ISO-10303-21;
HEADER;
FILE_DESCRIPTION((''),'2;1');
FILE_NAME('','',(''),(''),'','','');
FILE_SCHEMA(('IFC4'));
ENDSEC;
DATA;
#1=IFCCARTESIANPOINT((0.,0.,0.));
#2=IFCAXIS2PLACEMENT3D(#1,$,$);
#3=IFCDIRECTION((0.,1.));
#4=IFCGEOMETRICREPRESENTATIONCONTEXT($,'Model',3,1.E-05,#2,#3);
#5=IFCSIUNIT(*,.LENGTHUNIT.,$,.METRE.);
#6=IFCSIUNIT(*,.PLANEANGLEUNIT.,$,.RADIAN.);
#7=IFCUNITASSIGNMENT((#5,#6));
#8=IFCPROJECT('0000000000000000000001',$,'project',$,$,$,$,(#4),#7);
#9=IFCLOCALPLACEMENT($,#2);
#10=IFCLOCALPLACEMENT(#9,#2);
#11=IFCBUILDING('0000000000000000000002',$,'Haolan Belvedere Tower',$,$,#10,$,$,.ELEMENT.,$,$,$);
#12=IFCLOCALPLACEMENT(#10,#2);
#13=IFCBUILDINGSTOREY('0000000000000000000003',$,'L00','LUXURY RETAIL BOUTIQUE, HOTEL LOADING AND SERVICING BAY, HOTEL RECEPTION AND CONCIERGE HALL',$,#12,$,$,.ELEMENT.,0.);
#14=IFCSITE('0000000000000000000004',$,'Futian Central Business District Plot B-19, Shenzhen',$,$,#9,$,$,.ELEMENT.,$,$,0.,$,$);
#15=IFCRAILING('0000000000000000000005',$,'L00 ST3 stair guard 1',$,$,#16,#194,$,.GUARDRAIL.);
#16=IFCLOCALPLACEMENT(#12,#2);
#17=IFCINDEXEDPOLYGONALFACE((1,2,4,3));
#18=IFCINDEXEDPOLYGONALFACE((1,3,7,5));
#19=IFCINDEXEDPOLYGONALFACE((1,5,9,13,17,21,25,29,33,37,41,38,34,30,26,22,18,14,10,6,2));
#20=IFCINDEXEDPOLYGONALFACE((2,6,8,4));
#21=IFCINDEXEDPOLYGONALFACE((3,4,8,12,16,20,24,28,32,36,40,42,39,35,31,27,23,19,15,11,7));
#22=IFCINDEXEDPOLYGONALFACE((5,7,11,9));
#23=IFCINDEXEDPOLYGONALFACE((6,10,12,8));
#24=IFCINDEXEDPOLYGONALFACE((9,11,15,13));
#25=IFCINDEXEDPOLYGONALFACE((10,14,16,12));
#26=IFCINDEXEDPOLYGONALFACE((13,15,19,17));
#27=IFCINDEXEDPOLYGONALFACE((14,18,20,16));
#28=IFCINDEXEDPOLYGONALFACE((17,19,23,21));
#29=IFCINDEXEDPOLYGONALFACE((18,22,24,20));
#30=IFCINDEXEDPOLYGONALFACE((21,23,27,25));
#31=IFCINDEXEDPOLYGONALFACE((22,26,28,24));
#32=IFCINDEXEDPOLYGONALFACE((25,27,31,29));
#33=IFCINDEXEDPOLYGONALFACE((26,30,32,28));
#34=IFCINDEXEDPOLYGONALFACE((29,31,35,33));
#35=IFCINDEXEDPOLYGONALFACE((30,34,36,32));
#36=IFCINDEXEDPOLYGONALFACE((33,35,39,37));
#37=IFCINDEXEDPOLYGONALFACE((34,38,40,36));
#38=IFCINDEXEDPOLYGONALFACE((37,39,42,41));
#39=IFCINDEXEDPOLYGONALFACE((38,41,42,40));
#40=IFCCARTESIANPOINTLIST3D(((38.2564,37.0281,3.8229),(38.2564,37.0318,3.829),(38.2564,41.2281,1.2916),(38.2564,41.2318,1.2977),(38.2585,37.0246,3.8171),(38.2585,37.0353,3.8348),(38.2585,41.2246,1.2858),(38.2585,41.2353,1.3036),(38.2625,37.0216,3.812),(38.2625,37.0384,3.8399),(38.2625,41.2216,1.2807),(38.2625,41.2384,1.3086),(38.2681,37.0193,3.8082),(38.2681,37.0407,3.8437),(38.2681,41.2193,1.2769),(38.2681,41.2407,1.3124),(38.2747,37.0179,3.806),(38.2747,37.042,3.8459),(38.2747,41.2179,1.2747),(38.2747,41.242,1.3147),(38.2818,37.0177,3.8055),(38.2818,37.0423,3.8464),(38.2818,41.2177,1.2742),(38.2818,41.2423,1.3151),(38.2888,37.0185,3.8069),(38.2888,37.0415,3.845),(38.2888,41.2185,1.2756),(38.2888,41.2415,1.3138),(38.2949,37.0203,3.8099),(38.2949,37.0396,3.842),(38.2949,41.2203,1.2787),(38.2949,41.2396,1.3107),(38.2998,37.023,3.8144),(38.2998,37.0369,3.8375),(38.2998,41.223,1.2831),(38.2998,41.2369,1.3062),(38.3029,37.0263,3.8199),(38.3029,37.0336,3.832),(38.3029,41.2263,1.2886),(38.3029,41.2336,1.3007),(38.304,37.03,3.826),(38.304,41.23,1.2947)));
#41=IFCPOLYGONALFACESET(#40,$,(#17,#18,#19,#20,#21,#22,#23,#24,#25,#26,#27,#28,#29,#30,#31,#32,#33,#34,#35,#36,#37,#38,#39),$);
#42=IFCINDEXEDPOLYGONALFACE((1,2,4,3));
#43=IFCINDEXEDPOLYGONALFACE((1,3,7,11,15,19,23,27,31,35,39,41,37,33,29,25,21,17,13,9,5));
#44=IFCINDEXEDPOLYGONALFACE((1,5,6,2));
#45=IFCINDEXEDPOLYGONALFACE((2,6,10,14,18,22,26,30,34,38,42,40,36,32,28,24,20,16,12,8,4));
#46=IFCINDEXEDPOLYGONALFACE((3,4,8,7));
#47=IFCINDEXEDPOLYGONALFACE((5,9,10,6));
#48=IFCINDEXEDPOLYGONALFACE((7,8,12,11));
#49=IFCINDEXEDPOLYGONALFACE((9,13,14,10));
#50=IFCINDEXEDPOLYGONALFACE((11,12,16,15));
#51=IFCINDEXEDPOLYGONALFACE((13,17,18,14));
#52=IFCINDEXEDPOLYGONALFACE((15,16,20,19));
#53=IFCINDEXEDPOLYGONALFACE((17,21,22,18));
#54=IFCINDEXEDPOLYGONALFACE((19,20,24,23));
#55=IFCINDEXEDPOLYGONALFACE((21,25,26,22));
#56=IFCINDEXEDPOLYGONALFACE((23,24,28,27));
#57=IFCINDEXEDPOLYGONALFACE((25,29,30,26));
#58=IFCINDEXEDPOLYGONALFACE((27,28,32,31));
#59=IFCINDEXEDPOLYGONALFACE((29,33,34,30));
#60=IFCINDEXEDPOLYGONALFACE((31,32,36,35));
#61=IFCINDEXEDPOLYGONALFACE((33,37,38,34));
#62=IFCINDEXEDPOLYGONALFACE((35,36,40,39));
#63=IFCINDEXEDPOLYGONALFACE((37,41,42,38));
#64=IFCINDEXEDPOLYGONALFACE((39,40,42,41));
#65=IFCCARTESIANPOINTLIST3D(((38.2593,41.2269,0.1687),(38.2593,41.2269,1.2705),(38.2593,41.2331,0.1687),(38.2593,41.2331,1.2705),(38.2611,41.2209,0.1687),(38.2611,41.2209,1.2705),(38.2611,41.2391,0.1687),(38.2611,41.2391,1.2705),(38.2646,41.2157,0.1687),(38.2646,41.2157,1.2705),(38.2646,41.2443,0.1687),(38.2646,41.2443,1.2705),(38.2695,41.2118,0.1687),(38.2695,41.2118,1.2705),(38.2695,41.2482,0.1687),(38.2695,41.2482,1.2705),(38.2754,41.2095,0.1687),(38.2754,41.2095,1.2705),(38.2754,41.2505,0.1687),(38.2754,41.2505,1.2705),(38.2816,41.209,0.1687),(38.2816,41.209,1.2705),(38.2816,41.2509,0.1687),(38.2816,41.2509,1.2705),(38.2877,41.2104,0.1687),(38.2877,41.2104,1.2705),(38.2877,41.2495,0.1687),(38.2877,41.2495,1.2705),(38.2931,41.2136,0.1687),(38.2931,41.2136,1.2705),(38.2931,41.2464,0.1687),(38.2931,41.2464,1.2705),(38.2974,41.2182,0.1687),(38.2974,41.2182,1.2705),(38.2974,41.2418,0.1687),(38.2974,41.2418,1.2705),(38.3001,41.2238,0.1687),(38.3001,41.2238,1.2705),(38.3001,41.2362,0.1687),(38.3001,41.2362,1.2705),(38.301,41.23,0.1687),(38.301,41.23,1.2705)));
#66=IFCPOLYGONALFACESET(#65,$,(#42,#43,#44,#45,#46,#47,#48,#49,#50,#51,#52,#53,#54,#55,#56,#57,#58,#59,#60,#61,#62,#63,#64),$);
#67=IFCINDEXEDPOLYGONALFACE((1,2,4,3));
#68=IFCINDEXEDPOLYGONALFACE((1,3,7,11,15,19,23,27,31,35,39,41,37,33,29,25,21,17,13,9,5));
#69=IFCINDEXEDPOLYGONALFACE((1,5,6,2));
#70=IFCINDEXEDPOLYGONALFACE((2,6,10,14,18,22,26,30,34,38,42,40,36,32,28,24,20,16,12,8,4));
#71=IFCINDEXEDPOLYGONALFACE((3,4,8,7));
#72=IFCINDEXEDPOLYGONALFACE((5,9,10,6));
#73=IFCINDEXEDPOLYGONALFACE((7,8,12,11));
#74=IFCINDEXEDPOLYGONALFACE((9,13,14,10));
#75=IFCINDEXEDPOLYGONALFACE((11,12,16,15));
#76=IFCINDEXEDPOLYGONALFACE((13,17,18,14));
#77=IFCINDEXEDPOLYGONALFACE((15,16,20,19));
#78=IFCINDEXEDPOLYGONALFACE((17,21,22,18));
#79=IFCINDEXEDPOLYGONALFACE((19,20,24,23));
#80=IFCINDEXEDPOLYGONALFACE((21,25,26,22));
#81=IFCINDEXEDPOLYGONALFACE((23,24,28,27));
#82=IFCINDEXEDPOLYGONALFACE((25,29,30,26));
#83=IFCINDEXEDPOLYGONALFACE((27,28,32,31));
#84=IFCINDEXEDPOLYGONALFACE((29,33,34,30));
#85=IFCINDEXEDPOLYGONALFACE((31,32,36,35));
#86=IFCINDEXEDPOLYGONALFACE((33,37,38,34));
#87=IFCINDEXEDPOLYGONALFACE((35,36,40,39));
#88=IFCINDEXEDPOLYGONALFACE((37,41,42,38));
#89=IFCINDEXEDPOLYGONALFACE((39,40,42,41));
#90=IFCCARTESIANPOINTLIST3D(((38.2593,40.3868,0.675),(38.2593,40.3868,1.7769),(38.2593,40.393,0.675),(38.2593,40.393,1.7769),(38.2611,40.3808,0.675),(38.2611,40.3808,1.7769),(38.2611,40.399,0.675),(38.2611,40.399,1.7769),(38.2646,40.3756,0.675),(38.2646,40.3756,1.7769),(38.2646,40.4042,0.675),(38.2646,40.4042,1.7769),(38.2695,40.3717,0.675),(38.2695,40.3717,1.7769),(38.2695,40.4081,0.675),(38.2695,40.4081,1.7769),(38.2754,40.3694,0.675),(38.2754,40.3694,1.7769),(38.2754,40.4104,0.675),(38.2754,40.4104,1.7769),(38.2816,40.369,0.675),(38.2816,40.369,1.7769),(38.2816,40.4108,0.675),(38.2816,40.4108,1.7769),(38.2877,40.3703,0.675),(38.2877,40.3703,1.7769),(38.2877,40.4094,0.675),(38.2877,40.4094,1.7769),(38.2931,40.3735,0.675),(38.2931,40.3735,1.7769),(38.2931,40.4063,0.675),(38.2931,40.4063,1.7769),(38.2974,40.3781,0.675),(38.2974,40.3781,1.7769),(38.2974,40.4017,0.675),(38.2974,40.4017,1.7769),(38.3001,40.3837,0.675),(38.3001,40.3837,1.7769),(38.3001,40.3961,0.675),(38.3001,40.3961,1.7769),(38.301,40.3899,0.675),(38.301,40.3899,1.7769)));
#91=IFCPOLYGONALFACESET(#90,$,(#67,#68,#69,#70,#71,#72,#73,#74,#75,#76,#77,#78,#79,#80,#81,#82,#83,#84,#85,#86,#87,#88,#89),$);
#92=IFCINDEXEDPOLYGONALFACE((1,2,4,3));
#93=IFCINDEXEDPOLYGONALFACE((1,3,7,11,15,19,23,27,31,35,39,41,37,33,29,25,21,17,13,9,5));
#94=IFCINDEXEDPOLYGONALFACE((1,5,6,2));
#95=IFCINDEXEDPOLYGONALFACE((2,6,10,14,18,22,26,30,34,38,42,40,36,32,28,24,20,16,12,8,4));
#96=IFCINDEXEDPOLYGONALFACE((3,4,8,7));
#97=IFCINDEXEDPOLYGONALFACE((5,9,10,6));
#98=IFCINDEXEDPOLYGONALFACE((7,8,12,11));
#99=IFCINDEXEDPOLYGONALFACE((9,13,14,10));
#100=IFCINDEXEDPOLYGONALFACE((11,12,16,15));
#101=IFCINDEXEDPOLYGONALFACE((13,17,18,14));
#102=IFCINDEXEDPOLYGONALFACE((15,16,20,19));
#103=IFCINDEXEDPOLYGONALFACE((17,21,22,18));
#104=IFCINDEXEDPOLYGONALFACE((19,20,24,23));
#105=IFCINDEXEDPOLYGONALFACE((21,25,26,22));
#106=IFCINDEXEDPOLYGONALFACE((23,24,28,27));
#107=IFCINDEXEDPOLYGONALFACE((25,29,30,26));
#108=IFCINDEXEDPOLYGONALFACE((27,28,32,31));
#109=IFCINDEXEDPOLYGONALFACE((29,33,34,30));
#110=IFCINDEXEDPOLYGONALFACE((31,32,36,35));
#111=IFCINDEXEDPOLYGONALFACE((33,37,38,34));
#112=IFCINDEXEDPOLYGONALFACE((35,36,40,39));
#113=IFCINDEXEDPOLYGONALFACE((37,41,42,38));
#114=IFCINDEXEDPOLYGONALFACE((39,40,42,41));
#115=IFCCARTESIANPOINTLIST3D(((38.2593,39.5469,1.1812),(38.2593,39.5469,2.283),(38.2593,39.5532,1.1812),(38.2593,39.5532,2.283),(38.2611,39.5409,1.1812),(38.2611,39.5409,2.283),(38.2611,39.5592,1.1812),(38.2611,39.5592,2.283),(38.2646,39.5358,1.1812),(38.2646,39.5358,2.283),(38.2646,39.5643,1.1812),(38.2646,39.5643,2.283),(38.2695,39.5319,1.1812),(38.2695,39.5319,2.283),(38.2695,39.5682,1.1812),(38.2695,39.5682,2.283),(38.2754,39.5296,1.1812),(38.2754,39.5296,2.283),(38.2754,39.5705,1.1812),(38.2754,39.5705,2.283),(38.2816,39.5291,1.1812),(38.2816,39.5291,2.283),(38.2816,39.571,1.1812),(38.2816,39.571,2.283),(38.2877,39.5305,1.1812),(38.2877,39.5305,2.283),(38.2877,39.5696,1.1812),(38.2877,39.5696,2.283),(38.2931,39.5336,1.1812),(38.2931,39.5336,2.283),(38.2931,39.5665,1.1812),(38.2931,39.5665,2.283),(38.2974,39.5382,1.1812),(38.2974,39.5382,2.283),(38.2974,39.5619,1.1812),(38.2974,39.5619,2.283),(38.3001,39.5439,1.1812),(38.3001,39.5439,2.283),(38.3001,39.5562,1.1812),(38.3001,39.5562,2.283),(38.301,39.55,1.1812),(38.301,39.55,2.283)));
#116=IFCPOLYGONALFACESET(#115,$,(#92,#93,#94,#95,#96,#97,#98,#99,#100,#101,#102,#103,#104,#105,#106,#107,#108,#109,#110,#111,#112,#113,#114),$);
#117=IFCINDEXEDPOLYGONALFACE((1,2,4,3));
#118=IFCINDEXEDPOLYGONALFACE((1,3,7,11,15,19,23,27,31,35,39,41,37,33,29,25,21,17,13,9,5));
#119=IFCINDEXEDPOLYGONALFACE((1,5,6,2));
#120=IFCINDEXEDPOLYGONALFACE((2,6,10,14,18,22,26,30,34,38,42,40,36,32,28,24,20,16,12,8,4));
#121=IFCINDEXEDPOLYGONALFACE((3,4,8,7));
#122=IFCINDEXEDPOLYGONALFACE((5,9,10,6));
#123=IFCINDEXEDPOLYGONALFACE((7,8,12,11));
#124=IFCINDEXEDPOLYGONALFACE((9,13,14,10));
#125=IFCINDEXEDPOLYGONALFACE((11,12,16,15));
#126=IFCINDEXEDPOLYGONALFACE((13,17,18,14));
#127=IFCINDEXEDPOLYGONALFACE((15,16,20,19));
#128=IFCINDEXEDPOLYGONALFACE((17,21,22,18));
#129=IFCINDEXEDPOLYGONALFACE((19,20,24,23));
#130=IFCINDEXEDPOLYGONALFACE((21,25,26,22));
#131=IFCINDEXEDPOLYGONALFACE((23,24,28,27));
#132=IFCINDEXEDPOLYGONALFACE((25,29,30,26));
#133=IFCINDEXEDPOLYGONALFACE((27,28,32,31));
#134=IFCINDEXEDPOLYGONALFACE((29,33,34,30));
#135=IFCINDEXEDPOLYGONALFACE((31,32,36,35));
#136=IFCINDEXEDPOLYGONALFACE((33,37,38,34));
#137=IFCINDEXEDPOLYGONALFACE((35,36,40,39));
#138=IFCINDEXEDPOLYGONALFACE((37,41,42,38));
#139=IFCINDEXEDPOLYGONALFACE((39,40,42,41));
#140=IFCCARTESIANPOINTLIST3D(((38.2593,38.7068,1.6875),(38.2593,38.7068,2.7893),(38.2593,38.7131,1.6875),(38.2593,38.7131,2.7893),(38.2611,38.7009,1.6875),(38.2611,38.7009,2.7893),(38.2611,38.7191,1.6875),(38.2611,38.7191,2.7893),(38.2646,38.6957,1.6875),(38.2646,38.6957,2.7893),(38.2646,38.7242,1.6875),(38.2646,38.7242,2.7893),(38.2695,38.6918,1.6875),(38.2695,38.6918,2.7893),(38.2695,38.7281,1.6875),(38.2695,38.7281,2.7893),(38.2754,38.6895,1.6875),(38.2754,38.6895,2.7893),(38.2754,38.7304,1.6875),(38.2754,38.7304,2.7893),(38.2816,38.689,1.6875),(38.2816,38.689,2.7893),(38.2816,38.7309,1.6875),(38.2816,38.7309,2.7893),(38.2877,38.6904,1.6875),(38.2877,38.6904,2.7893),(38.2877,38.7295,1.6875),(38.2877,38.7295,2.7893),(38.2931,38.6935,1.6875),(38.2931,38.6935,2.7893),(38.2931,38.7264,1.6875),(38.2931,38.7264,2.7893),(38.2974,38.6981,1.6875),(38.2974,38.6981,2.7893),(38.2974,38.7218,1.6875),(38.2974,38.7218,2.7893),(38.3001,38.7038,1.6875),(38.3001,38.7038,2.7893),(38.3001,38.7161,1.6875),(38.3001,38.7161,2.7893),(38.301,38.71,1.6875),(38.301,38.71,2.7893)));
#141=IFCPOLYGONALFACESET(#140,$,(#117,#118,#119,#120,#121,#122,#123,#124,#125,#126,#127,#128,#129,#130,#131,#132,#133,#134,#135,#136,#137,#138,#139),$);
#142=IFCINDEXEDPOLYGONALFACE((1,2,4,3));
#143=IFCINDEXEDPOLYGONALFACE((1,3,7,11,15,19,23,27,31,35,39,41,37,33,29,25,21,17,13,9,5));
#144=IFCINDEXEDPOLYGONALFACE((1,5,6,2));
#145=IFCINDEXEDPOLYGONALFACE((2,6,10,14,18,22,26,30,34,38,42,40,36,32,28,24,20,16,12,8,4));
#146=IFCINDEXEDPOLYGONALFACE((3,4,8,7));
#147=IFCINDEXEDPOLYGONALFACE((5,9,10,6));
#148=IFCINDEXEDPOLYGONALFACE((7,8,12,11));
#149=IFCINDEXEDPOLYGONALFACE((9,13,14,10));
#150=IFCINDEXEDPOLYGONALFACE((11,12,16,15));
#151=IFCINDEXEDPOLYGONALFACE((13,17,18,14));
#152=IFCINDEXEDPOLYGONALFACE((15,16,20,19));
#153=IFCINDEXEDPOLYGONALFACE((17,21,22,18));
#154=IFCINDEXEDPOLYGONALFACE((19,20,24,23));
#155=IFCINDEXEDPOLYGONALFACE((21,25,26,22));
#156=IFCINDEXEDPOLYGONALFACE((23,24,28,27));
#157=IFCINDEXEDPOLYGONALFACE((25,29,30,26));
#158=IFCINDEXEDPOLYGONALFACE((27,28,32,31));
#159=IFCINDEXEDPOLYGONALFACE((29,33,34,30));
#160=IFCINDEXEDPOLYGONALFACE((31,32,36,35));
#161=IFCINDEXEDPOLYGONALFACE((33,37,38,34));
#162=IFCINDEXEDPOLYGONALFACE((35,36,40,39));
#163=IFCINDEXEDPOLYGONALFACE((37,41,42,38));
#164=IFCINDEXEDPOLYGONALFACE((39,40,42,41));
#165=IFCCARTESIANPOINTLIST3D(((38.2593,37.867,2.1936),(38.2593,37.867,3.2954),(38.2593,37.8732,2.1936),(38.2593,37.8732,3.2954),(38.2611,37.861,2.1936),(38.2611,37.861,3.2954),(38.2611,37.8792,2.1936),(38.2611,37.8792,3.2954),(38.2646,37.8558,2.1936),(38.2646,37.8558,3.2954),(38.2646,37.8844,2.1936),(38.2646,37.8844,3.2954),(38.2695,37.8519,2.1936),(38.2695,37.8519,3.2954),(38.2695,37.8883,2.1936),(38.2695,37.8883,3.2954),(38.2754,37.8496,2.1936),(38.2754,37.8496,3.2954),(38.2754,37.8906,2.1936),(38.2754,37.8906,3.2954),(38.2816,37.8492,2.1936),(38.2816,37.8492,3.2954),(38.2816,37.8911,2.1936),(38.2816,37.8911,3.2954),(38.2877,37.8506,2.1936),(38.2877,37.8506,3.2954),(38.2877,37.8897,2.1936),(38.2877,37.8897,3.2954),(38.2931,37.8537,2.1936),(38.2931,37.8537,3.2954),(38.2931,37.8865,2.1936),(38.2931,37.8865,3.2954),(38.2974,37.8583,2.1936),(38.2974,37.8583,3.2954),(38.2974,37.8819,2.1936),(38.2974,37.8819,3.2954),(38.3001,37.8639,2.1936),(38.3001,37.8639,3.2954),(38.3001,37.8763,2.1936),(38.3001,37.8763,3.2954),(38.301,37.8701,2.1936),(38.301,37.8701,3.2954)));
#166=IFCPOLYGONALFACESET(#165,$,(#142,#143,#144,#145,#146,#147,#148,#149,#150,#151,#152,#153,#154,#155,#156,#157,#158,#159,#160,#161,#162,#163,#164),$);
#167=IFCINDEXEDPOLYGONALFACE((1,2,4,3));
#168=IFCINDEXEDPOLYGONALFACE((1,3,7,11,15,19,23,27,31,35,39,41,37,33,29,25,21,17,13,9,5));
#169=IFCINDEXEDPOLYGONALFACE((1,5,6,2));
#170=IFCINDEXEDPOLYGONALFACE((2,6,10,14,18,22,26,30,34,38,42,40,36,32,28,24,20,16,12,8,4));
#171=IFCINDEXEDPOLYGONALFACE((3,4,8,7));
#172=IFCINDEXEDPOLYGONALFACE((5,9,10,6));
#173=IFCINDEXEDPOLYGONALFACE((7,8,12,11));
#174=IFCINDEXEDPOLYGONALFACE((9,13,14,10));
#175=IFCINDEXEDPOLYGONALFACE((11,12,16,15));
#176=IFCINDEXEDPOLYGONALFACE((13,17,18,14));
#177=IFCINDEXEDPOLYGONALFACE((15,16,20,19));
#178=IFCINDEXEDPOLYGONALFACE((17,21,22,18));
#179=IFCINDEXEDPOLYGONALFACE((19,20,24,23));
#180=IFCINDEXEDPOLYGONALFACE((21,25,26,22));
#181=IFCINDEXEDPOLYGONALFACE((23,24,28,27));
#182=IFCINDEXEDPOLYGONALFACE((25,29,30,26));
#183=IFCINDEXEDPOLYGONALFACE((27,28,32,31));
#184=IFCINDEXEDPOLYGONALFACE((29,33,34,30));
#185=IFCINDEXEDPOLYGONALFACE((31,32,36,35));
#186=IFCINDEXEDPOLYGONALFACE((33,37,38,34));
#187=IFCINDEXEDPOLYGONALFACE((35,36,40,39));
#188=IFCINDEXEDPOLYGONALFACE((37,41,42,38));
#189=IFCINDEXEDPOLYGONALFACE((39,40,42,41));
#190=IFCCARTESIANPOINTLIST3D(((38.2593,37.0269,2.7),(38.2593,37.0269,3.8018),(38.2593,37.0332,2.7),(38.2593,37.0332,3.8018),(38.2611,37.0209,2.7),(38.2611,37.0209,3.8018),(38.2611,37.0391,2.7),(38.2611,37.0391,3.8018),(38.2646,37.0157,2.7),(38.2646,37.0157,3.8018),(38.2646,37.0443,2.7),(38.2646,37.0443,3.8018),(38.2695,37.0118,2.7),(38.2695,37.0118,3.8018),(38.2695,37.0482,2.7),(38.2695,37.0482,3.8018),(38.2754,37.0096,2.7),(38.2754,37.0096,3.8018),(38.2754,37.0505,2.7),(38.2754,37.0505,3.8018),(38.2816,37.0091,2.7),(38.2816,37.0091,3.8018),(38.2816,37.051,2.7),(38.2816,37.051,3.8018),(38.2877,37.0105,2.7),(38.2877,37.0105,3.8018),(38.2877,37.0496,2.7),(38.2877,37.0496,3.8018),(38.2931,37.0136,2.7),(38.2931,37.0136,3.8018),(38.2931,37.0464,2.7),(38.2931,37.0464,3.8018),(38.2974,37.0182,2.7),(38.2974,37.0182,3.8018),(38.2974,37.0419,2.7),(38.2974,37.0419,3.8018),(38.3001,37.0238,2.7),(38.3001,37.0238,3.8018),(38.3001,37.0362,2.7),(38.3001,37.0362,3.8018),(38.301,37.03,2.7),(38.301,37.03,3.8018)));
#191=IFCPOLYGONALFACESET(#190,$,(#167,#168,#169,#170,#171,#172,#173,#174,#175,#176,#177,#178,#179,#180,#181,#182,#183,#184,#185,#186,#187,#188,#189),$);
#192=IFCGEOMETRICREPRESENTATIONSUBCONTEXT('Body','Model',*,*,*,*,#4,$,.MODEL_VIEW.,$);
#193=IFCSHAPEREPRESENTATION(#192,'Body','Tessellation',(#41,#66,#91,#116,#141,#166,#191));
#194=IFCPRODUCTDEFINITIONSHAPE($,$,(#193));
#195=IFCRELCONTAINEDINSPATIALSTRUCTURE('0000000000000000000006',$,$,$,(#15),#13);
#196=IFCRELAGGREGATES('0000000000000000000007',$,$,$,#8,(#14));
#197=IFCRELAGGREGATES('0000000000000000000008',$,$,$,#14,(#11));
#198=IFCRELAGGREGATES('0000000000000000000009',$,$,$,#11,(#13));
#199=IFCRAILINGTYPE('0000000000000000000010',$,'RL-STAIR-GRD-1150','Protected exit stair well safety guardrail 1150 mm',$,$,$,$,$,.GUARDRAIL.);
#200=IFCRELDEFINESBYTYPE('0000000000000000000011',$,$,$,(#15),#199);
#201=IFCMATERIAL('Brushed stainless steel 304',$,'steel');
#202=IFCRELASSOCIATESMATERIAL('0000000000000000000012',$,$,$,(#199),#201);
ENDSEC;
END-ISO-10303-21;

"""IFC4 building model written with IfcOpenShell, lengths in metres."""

from ifc_helpers import new_model, si_unit, direction, frame, origin, origin_2d, place, context, subcontext, project, spatial, circle, extrude, material, type_object, element, save


model = new_model("IFC4")

# Units and contexts
model_context = context("Model", 3, precision=1e-05, world=origin(), true_north=direction((0.0, 1.0)))
body_context = subcontext(model_context, "Body", "Model", "MODEL_VIEW")
ifc_project = project(units=[si_unit("LENGTHUNIT", "METRE"), si_unit("PLANEANGLEUNIT", "RADIAN")], contexts=[model_context])

# Site, building, storey
site_placement = place(None, origin())
site = spatial("IfcSite", under=ifc_project, at=site_placement, Name="Futian Central Business District Plot B-19, Shenzhen", CompositionType="ELEMENT", RefElevation=0.0)
building_placement = place(site_placement, origin())
building = spatial("IfcBuilding", under=site, at=building_placement, Name="Haolan Belvedere Tower", CompositionType="ELEMENT")
storey_placement = place(building_placement, origin())
storey = spatial("IfcBuildingStorey", under=building, at=storey_placement, Name="L00", Description="LUXURY RETAIL BOUTIQUE, HOTEL LOADING AND SERVICING BAY, HOTEL RECEPTION AND CONCIERGE HALL", CompositionType="ELEMENT", Elevation=0.0)

# Railing
ifc_material_1 = material(Name="Brushed stainless steel 304", Category="steel")
railing_type_1 = type_object("IfcRailingType", Name="RL-STAIR-GRD-1150", Description="Protected exit stair well safety guardrail 1150 mm", PredefinedType="GUARDRAIL", material=ifc_material_1)
railing_1_placement = place(storey_placement, frame((38.28, 41.23, 0.1687)))
element("IfcRailing", 1, at=railing_1_placement, inside=storey, type_object=railing_type_1, Name="L00 ST3 stair guard 1", PredefinedType="GUARDRAIL", context=body_context, shape_type="SweptSolid", body=[
    extrude(circle(Radius=0.0239, at=origin_2d()), frame((0.0, 0.0, 1.126), z_axis=(0.0, -0.856476, 0.516186), x_axis=(1.0, 0.0, 0.0)), (0.0, 0.0, 1.0), 4.9038),
    extrude(circle(Radius=0.021, at=origin_2d()), origin(), (0.0, 0.0, 1.0), 1.1018),
    extrude(circle(Radius=0.021, at=origin_2d()), frame((0.0, -0.8401, 0.5063)), (0.0, 0.0, 1.0), 1.1018),
    extrude(circle(Radius=0.021, at=origin_2d()), frame((0.0, -1.6799, 1.0125)), (0.0, 0.0, 1.0), 1.1018),
    extrude(circle(Radius=0.021, at=origin_2d()), frame((0.0, -2.52, 1.5188)), (0.0, 0.0, 1.0), 1.1018),
    extrude(circle(Radius=0.021, at=origin_2d()), frame((0.0, -3.3599, 2.0249)), (0.0, 0.0, 1.0), 1.1018),
    extrude(circle(Radius=0.021, at=origin_2d()), frame((0.0, -4.2, 2.5312)), (0.0, 0.0, 1.0), 1.1018),
])

save(model, "model.ifc")
